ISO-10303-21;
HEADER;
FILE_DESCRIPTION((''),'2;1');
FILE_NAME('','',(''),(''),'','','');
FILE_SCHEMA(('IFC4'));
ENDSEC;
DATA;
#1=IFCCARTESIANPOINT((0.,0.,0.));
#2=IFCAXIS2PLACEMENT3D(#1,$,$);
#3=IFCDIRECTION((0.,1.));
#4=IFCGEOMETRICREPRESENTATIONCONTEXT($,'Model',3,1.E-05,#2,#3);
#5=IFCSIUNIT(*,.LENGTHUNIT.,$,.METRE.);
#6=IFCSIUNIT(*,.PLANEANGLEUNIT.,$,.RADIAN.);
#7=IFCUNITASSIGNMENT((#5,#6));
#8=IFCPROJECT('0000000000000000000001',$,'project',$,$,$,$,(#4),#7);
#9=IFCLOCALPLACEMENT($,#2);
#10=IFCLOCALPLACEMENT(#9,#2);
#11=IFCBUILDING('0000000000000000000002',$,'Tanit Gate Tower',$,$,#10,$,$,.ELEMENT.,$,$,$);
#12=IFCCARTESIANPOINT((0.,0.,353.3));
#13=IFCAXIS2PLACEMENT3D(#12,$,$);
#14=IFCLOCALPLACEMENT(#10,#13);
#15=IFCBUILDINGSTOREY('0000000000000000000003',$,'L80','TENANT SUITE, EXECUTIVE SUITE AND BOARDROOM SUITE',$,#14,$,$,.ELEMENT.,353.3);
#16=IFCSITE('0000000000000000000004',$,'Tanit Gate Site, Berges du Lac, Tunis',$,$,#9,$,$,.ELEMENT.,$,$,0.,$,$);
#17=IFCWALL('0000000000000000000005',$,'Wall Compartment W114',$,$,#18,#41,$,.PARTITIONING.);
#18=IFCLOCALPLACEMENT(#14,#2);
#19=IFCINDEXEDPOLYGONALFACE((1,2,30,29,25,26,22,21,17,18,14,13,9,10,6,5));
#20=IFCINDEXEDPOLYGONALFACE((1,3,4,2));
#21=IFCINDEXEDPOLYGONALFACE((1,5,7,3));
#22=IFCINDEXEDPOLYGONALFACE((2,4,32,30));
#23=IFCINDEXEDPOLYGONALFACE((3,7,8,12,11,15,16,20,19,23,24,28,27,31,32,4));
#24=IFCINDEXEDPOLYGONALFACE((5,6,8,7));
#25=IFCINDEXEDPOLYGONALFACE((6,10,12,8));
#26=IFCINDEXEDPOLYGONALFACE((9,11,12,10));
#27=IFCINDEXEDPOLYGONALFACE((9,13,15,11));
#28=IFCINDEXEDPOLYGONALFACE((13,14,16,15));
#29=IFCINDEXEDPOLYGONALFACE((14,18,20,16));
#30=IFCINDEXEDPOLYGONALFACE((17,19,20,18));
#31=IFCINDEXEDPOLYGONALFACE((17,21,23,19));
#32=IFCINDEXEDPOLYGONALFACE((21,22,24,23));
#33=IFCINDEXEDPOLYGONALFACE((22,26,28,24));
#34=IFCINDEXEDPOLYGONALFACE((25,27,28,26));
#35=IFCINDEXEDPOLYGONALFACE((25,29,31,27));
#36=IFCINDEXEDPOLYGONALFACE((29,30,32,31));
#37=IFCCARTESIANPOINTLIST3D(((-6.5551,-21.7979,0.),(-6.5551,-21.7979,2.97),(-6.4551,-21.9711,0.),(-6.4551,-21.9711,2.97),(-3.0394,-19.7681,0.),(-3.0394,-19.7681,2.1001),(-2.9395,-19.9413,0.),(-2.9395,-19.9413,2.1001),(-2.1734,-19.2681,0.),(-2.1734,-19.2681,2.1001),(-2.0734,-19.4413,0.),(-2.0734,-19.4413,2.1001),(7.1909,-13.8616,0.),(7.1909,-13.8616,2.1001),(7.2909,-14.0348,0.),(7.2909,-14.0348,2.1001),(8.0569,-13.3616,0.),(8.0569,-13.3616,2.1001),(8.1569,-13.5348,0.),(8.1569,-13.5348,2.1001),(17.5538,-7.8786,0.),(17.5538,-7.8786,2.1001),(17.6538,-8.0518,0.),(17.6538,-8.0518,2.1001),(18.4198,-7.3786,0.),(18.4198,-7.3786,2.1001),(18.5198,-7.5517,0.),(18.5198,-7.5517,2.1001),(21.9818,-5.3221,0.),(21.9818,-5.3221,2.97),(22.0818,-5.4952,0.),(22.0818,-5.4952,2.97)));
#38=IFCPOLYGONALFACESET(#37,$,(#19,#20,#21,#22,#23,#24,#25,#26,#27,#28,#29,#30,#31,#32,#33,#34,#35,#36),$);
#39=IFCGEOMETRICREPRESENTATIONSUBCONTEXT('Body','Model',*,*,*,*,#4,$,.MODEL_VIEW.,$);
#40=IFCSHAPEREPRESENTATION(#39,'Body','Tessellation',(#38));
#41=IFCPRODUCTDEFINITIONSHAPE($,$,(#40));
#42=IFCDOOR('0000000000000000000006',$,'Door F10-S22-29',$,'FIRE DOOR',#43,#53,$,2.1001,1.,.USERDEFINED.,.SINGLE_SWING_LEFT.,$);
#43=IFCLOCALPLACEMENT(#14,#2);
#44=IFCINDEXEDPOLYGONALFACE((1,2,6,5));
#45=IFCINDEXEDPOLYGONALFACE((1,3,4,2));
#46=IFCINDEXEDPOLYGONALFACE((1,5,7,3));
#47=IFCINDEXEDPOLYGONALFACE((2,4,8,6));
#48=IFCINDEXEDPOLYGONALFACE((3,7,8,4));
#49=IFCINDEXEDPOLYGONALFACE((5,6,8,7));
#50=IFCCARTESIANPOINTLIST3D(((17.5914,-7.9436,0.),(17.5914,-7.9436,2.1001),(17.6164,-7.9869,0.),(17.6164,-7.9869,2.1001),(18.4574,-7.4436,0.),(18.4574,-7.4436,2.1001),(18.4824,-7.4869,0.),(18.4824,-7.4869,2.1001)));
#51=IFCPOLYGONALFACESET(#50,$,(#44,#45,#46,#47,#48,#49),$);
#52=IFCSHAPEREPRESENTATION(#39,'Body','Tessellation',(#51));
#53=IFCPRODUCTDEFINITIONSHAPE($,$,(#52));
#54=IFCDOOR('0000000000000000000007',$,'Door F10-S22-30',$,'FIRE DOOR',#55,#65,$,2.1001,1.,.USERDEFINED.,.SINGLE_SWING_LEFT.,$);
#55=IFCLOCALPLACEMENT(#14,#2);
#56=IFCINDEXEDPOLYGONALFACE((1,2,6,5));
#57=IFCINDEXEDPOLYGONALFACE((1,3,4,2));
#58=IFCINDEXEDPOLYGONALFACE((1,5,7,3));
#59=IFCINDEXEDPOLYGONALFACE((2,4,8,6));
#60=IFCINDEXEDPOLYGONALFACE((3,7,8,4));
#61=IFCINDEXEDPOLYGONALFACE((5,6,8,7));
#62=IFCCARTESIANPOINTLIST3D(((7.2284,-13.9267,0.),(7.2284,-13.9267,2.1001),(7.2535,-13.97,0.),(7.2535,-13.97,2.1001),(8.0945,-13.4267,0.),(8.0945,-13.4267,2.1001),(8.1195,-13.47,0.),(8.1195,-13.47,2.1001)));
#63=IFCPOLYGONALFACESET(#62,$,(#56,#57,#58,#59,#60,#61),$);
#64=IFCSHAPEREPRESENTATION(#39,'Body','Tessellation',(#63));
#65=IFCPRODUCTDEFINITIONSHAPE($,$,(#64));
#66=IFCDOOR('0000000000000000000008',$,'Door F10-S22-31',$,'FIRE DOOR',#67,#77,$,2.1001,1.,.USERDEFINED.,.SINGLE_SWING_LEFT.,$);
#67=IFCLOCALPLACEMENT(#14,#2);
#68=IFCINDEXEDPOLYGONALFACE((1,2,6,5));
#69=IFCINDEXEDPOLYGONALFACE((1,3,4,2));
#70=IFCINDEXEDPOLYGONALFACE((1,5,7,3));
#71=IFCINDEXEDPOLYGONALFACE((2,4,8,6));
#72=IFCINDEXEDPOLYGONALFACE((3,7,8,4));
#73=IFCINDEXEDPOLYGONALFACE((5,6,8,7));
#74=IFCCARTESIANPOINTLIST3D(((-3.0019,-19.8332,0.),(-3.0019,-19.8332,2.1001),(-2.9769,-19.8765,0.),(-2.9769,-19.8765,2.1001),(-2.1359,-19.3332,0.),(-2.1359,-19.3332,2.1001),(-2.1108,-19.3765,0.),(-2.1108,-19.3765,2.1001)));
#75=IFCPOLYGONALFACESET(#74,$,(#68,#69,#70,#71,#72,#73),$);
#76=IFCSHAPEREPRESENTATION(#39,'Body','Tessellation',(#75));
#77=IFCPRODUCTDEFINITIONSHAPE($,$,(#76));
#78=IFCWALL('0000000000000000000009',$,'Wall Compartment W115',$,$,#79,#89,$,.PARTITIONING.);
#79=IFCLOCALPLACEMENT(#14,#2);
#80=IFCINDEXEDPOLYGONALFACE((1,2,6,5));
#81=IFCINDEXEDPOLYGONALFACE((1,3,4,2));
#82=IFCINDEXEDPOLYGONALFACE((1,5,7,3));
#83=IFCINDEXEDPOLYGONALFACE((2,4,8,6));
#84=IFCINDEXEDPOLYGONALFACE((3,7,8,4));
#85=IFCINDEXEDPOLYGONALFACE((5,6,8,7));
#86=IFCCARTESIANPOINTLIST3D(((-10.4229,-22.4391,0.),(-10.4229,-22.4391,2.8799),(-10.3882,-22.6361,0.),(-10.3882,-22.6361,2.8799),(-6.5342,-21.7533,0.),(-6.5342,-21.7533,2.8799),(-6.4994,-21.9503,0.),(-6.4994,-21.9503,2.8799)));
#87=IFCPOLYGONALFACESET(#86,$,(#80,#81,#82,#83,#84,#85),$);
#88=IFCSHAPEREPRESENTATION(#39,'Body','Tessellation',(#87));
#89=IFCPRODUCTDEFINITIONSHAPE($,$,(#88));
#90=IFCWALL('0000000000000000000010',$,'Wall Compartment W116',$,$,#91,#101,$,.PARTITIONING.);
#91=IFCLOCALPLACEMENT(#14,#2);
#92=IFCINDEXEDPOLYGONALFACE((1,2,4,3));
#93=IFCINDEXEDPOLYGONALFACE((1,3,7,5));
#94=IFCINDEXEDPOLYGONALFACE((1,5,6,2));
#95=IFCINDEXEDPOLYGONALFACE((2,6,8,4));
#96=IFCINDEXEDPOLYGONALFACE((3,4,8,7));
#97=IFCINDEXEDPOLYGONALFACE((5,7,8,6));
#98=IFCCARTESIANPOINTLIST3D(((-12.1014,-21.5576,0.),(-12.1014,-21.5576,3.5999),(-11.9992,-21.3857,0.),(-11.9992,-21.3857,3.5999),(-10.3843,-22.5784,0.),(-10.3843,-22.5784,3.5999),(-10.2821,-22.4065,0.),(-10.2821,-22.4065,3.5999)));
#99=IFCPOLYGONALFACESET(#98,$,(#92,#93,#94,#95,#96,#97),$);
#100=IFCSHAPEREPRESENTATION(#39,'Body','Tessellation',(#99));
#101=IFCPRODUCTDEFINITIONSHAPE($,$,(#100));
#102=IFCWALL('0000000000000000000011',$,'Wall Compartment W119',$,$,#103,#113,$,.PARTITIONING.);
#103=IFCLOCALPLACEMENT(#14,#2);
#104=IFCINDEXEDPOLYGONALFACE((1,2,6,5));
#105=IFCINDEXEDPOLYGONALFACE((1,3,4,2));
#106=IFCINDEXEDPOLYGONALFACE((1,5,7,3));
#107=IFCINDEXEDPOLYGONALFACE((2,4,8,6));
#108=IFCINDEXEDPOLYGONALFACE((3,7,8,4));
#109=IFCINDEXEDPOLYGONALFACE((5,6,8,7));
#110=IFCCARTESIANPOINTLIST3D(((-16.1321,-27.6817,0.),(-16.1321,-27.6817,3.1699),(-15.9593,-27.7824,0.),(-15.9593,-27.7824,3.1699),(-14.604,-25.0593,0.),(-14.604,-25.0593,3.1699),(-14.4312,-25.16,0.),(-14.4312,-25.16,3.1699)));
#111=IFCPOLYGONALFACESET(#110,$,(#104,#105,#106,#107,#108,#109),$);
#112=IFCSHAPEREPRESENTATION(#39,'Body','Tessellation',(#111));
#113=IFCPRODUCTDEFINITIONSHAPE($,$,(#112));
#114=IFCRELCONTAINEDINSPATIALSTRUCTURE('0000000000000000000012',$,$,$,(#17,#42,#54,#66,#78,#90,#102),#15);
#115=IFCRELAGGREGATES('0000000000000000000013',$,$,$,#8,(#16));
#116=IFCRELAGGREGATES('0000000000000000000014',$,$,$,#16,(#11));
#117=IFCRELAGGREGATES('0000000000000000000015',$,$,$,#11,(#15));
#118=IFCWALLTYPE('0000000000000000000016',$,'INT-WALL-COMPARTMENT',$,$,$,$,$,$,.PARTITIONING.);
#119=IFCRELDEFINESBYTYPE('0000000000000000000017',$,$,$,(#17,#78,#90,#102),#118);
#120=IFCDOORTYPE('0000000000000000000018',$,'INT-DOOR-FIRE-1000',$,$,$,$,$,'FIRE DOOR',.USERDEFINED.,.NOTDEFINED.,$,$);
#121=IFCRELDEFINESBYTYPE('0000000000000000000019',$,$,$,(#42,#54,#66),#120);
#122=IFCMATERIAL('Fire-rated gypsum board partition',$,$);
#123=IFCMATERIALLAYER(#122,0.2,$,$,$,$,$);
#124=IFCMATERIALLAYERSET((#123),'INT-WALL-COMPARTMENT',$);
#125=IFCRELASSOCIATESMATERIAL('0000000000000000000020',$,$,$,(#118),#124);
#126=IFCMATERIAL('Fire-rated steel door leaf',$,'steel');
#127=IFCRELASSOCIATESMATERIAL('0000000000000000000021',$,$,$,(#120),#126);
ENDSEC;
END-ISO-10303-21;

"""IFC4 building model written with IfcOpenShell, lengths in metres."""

from ifc_helpers import new_model, si_unit, direction, frame, frame_2d, origin, place, context, subcontext, project, spatial, rectangle, extrude, material, layer, layer_set, type_object, element, fill, save


model = new_model("IFC4")

# Units and contexts
model_context = context("Model", 3, precision=1e-05, world=origin(), true_north=direction((0.0, 1.0)))
body_context = subcontext(model_context, "Body", "Model", "MODEL_VIEW")
ifc_project = project(units=[si_unit("LENGTHUNIT", "METRE"), si_unit("PLANEANGLEUNIT", "RADIAN")], contexts=[model_context])

# Site, building, storey
site_placement = place(None, origin())
site = spatial("IfcSite", under=ifc_project, at=site_placement, Name="Tanit Gate Site, Berges du Lac, Tunis", CompositionType="ELEMENT", RefElevation=0.0)
building_placement = place(site_placement, origin())
building = spatial("IfcBuilding", under=site, at=building_placement, Name="Tanit Gate Tower", CompositionType="ELEMENT")
storey_placement = place(building_placement, frame((0.0, 0.0, 353.3)))
storey = spatial("IfcBuildingStorey", under=building, at=storey_placement, Name="L80", Description="TENANT SUITE, EXECUTIVE SUITE AND BOARDROOM SUITE", CompositionType="ELEMENT", Elevation=353.3)

# Shared definitions
ifc_material_1 = material(Name="Fire-rated gypsum board partition")
ifc_layer_1 = layer(ifc_material_1, 0.2)
ifc_layer_set_1 = layer_set([ifc_layer_1], Name="INT-WALL-COMPARTMENT")
wall_type_1 = type_object("IfcWallType", Name="INT-WALL-COMPARTMENT", PredefinedType="PARTITIONING", material=ifc_layer_set_1)

# Wall, openings, doors
wall_1_placement = place(storey_placement, frame((-6.5051, -21.8845, 0.0), z_axis=(0.0, 0.0, 1.0), x_axis=(0.866025, 0.500001, 0.0)))
wall_1 = element("IfcWall", 1, at=wall_1_placement, inside=storey, type_object=wall_type_1, Name="Wall Compartment W114", PredefinedType="PARTITIONING", context=body_context, shape_type="SweptSolid", body=[
    extrude(rectangle(XDim=32.9517, YDim=0.2, at=frame_2d((16.4758, 0.0))), origin(), (0.0, 0.0, 1.0), 2.97),
])
opening_1_placement = place(wall_1_placement, frame((27.8386, 0.0, 0.0)))
opening_1 = element("IfcOpeningElement", 2, at=opening_1_placement, cuts=wall_1, PredefinedType="OPENING", context=body_context, shape_type="SweptSolid", body=[
    extrude(rectangle(XDim=1.0, YDim=2.1001, at=frame_2d((0.5, 1.05))), frame((0.0, 0.1099, 0.0), z_axis=(0.0, -1.0, 0.0), x_axis=(1.0, 0.0, 0.0)), (0.0, 0.0, 1.0), 0.22),
])
opening_2_placement = place(wall_1_placement, frame((15.8726, 0.0, 0.0)))
opening_2 = element("IfcOpeningElement", 3, at=opening_2_placement, cuts=wall_1, PredefinedType="OPENING", context=body_context, shape_type="SweptSolid", body=[
    extrude(rectangle(XDim=1.0, YDim=2.1001, at=frame_2d((0.5, 1.05))), frame((0.0, 0.1099, 0.0), z_axis=(0.0, -1.0, 0.0), x_axis=(1.0, 0.0, 0.0)), (0.0, 0.0, 1.0), 0.22),
])
opening_3_placement = place(wall_1_placement, frame((4.0596, 0.0, 0.0)))
opening_3 = element("IfcOpeningElement", 4, at=opening_3_placement, cuts=wall_1, PredefinedType="OPENING", context=body_context, shape_type="SweptSolid", body=[
    extrude(rectangle(XDim=1.0, YDim=2.1001, at=frame_2d((0.5, 1.05))), frame((0.0, 0.1099, 0.0), z_axis=(0.0, -1.0, 0.0), x_axis=(1.0, 0.0, 0.0)), (0.0, 0.0, 1.0), 0.22),
])
ifc_material_2 = material(Name="Fire-rated steel door leaf", Category="steel")
door_type_1 = type_object("IfcDoorType", Name="INT-DOOR-FIRE-1000", ElementType="FIRE DOOR", OperationType="NOTDEFINED", PredefinedType="USERDEFINED", material=ifc_material_2)
door_1_placement = place(opening_1_placement, origin())
door_1 = element("IfcDoor", 5, at=door_1_placement, inside=storey, type_object=door_type_1, Name="Door F10-S22-29", ObjectType="FIRE DOOR", OperationType="SINGLE_SWING_LEFT", OverallHeight=2.1001, OverallWidth=1.0, PredefinedType="USERDEFINED", context=body_context, shape_type="SweptSolid", body=[
    extrude(rectangle(XDim=1.0, YDim=2.1001, at=frame_2d((0.5, 1.05))), frame((0.0, 0.0249, 0.0), z_axis=(0.0, -1.0, 0.0), x_axis=(1.0, 0.0, 0.0)), (0.0, 0.0, 1.0), 0.05),
])
fill(opening_1, door_1)
door_2_placement = place(opening_2_placement, origin())
door_2 = element("IfcDoor", 6, at=door_2_placement, inside=storey, type_object=door_type_1, Name="Door F10-S22-30", ObjectType="FIRE DOOR", OperationType="SINGLE_SWING_LEFT", OverallHeight=2.1001, OverallWidth=1.0, PredefinedType="USERDEFINED", context=body_context, shape_type="SweptSolid", body=[
    extrude(rectangle(XDim=1.0, YDim=2.1001, at=frame_2d((0.5, 1.05))), frame((0.0, 0.0249, 0.0), z_axis=(0.0, -1.0, 0.0), x_axis=(1.0, 0.0, 0.0)), (0.0, 0.0, 1.0), 0.05),
])
fill(opening_2, door_2)
door_3_placement = place(opening_3_placement, origin())
door_3 = element("IfcDoor", 7, at=door_3_placement, inside=storey, type_object=door_type_1, Name="Door F10-S22-31", ObjectType="FIRE DOOR", OperationType="SINGLE_SWING_LEFT", OverallHeight=2.1001, OverallWidth=1.0, PredefinedType="USERDEFINED", context=body_context, shape_type="SweptSolid", body=[
    extrude(rectangle(XDim=1.0, YDim=2.1001, at=frame_2d((0.5, 1.05))), frame((0.0, 0.0249, 0.0), z_axis=(0.0, -1.0, 0.0), x_axis=(1.0, 0.0, 0.0)), (0.0, 0.0, 1.0), 0.05),
])
fill(opening_3, door_3)

# Walls
wall_2_placement = place(storey_placement, frame((-10.4055, -22.5376, 0.0), z_axis=(0.0, 0.0, 1.0), x_axis=(0.984803, 0.173676, 0.0)))
element("IfcWall", 8, at=wall_2_placement, inside=storey, type_object=wall_type_1, Name="Wall Compartment W115", PredefinedType="PARTITIONING", context=body_context, shape_type="SweptSolid", body=[
    extrude(rectangle(XDim=3.9487, YDim=0.2, at=frame_2d((1.9744, 0.0))), origin(), (0.0, 0.0, 1.0), 2.8799),
])
wall_3_placement = place(storey_placement, frame((-12.0503, -21.4717, 0.0), z_axis=(0.0, 0.0, 1.0), x_axis=(0.859578, -0.511005, 0.0)))
element("IfcWall", 9, at=wall_3_placement, inside=storey, type_object=wall_type_1, Name="Wall Compartment W116", PredefinedType="PARTITIONING", context=body_context, shape_type="SweptSolid", body=[
    extrude(rectangle(XDim=1.9976, YDim=0.2, at=frame_2d((0.9988, 0.0))), origin(), (0.0, 0.0, 1.0), 3.5999),
])
wall_4_placement = place(storey_placement, frame((-14.5176, -25.1096, 0.0), z_axis=(0.0, 0.0, 1.0), x_axis=(-0.503476, -0.864009, 0.0)))
element("IfcWall", 10, at=wall_4_placement, inside=storey, type_object=wall_type_1, Name="Wall Compartment W119", PredefinedType="PARTITIONING", context=body_context, shape_type="SweptSolid", body=[
    extrude(rectangle(XDim=3.0352, YDim=0.2, at=frame_2d((1.5176, 0.0))), origin(), (0.0, 0.0, 1.0), 3.1699),
])

save(model, "model.ifc")
